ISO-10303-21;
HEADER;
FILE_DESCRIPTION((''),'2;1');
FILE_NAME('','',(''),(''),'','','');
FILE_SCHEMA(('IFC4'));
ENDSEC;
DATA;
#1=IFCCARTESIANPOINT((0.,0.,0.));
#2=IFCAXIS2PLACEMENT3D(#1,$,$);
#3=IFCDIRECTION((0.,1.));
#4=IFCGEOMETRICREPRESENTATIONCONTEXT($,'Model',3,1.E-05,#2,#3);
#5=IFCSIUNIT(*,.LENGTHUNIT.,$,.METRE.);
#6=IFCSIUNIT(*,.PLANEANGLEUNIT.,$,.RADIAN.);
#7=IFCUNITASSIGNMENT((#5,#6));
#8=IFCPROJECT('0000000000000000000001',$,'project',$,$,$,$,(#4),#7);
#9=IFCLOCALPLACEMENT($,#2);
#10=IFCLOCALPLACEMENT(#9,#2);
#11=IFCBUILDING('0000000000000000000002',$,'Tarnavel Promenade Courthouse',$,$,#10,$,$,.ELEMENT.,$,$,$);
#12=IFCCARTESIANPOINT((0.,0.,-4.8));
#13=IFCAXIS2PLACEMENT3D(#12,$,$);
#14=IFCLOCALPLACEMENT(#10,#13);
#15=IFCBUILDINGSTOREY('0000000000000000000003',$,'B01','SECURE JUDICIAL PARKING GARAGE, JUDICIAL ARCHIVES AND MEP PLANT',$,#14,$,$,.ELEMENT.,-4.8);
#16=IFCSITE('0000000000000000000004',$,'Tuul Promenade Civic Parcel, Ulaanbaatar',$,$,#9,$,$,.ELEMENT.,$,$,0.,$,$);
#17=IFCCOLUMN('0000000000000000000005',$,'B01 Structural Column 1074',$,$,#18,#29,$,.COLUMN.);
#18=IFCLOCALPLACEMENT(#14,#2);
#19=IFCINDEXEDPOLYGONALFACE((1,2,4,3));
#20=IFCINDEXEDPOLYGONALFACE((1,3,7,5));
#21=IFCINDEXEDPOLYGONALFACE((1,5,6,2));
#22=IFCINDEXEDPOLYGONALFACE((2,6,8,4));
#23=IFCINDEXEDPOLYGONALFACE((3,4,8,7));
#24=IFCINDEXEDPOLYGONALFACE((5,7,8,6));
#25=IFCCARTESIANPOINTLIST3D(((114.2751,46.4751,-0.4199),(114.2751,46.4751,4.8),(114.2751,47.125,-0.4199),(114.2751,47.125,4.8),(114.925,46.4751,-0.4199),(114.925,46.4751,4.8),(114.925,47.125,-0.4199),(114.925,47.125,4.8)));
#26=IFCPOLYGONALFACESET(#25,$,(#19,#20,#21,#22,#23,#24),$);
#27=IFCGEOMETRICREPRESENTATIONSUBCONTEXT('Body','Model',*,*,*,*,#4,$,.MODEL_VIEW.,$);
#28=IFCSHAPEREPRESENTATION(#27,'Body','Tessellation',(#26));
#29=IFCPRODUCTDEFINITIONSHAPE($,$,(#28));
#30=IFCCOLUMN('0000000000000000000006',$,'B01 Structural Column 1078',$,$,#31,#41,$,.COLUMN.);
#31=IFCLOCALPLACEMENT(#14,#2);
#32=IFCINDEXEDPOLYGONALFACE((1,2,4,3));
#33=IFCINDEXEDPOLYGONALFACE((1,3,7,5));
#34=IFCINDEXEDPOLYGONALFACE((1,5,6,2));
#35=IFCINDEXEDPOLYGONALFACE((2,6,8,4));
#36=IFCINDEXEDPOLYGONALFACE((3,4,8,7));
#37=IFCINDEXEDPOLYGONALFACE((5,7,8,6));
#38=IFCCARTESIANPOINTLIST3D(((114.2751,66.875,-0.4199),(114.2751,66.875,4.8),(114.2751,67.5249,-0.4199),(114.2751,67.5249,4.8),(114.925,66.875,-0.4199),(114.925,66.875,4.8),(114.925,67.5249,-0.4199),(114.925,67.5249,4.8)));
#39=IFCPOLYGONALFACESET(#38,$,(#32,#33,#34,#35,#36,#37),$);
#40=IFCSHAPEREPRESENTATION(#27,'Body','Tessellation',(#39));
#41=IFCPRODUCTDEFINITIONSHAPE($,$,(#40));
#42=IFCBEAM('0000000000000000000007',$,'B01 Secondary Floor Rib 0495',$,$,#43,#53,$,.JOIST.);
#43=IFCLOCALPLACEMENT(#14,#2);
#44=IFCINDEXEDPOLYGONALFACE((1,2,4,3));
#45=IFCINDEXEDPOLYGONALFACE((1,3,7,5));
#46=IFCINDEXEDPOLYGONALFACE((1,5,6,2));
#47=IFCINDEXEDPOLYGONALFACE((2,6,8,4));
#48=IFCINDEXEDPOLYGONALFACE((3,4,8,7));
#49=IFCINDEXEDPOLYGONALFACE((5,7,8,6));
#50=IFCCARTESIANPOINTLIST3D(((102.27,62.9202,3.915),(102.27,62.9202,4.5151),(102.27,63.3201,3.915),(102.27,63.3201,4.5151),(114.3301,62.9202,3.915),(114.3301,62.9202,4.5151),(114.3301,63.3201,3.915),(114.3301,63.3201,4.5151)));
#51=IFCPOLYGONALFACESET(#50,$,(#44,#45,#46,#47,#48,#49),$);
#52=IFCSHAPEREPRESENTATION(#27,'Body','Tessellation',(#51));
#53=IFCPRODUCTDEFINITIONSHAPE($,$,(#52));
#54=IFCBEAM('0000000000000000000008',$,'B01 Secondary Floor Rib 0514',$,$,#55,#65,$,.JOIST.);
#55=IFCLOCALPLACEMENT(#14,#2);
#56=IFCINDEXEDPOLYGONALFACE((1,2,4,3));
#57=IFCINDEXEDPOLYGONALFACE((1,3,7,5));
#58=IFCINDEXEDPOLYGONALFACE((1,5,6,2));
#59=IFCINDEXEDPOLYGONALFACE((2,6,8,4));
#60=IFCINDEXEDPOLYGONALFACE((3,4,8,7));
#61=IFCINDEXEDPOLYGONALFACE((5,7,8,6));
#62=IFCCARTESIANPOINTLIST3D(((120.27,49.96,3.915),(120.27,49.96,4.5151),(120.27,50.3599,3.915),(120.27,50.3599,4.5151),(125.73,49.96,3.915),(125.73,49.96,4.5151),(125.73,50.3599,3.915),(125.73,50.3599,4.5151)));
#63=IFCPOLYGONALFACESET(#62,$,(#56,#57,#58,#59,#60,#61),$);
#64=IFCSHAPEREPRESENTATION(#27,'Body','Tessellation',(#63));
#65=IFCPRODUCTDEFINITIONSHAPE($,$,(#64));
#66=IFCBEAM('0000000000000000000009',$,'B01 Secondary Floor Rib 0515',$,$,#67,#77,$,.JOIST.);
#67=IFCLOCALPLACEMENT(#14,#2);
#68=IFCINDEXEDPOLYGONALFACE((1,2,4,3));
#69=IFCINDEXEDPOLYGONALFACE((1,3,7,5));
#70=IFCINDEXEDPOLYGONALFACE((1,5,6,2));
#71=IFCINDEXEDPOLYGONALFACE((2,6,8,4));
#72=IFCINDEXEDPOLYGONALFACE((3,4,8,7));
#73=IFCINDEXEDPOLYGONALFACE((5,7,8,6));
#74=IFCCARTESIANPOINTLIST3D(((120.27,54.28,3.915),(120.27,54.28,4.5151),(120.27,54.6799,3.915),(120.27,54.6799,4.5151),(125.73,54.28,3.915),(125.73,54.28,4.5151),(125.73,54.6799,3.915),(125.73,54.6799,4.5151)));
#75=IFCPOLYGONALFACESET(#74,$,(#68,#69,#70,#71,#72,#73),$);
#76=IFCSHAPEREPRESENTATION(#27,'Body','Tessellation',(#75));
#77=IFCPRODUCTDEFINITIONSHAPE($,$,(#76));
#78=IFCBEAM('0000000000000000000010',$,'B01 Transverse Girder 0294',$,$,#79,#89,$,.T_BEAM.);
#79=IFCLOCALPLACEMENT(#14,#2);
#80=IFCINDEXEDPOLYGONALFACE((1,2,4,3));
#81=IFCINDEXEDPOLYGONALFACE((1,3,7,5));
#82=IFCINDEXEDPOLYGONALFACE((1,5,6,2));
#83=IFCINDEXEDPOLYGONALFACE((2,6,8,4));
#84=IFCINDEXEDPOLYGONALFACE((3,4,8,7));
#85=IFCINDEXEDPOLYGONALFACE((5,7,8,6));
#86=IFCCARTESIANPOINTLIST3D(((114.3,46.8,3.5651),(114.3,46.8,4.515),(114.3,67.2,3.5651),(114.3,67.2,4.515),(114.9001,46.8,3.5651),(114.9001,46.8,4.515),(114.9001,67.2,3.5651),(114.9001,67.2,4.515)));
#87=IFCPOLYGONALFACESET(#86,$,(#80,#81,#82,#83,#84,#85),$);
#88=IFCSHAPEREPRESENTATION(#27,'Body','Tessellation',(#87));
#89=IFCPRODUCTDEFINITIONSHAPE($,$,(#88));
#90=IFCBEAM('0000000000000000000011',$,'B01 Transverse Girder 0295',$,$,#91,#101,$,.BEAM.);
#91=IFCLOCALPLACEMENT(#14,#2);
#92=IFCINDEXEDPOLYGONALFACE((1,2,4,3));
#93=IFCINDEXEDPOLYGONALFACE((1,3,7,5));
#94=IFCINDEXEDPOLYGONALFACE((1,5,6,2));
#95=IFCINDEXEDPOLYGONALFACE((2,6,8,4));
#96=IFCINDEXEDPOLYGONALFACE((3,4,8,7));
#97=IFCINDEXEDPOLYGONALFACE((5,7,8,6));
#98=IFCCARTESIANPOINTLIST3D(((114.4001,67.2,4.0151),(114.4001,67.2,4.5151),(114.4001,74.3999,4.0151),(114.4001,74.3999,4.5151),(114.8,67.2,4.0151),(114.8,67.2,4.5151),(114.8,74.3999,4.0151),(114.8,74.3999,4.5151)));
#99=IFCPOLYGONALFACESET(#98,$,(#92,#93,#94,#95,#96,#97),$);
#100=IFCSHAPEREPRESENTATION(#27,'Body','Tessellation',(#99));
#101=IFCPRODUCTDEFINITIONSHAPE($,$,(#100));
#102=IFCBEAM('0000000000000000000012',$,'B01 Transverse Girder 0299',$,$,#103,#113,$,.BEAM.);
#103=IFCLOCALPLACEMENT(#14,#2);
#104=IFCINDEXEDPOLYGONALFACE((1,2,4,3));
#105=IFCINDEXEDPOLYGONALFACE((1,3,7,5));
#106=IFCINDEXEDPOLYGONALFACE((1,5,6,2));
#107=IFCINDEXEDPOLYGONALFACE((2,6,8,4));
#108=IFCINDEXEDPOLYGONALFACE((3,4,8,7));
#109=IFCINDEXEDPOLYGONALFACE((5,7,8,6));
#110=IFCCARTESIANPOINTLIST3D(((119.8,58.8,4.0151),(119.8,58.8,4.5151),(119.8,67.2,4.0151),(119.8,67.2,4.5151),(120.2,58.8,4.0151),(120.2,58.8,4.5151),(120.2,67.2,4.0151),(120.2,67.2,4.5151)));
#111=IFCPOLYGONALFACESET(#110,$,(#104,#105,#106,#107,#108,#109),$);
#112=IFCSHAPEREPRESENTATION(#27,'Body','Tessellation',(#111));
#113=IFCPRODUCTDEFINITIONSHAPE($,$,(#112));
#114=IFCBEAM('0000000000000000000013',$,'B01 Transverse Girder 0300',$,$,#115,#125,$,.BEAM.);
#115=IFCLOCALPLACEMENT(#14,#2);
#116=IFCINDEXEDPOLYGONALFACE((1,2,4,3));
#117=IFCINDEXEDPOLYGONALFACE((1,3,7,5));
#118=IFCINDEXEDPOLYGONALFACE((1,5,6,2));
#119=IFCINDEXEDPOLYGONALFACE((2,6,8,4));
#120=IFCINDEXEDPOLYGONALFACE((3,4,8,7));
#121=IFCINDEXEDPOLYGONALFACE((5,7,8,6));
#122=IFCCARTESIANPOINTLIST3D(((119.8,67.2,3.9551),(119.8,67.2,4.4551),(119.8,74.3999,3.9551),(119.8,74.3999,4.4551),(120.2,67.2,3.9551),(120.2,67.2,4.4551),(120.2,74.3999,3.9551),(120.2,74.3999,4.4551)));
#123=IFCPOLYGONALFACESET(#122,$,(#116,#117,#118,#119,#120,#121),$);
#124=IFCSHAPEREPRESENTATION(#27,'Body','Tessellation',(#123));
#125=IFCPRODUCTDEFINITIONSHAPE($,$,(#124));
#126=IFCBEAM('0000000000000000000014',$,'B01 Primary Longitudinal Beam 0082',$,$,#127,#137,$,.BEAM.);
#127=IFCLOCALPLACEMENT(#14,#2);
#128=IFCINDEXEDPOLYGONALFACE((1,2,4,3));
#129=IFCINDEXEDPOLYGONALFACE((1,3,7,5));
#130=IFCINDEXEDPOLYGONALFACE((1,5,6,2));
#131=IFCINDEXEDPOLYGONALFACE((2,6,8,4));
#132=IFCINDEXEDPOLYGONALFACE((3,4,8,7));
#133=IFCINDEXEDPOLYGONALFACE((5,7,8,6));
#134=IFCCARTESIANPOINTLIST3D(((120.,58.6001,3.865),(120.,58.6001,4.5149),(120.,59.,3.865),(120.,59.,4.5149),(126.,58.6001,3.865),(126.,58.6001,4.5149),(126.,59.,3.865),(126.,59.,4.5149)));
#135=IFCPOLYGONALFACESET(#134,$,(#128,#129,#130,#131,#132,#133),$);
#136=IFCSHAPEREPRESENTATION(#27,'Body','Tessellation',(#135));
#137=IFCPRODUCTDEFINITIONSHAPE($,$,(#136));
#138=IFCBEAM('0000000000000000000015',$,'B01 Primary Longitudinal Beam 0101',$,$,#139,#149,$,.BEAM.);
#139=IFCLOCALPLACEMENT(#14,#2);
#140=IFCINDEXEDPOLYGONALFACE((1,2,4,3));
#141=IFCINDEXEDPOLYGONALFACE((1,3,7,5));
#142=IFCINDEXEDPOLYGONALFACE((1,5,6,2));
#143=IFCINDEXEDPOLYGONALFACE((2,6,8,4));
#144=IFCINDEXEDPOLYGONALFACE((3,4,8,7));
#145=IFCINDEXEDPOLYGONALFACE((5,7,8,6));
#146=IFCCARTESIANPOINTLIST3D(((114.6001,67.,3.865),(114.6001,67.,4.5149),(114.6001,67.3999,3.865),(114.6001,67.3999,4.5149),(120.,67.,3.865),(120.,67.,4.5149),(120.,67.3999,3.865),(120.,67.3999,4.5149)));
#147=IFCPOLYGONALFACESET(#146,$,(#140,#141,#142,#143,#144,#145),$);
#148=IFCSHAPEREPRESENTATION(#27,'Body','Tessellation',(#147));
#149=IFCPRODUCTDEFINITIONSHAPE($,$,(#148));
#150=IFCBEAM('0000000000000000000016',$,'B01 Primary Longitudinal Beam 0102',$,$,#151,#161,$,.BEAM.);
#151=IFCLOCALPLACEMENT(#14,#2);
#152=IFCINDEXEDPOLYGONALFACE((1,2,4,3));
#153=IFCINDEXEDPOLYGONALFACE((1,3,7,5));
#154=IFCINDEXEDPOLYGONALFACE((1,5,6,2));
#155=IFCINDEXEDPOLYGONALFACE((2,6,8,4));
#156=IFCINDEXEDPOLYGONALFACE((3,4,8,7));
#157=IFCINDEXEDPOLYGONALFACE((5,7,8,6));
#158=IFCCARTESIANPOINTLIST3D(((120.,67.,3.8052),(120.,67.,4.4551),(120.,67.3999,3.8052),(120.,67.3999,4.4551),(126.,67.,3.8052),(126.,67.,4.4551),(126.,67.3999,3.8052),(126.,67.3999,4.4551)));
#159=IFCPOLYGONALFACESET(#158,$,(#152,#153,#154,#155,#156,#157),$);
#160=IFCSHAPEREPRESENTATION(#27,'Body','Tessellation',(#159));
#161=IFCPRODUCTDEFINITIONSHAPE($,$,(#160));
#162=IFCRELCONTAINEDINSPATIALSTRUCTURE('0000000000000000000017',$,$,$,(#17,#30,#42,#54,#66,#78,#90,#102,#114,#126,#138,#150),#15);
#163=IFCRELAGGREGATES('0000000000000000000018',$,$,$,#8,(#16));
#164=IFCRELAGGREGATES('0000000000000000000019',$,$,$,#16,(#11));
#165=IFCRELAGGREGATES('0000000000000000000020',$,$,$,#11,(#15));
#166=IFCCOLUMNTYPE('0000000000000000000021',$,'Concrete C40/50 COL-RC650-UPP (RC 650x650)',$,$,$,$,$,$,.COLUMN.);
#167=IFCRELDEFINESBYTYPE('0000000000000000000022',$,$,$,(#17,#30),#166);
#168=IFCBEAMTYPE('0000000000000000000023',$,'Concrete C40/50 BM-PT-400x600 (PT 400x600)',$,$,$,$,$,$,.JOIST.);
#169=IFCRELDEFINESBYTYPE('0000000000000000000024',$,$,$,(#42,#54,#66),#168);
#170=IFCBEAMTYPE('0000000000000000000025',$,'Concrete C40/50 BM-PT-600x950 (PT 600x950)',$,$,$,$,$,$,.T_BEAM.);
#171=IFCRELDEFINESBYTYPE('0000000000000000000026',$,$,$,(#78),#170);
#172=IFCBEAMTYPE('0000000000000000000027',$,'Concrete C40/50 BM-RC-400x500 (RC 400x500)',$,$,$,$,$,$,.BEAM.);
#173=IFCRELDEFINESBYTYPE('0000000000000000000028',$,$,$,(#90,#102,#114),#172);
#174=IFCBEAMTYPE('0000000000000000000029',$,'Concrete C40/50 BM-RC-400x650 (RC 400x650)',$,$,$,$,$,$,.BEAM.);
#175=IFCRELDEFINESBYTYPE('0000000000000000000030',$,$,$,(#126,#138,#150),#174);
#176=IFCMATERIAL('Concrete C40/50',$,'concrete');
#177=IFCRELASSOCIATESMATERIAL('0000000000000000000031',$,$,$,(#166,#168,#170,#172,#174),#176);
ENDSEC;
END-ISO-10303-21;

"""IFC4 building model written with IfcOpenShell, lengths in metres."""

from ifc_helpers import new_model, si_unit, direction, frame, origin, origin_2d, place, context, subcontext, project, spatial, rectangle, extrude, material, material_profile, profile_set, type_object, element, save


model = new_model("IFC4")

# Units and contexts
model_context = context("Model", 3, precision=1e-05, world=origin(), true_north=direction((0.0, 1.0)))
body_context = subcontext(model_context, "Body", "Model", "MODEL_VIEW")
ifc_project = project(units=[si_unit("LENGTHUNIT", "METRE"), si_unit("PLANEANGLEUNIT", "RADIAN")], contexts=[model_context])

# Site, building, storey
site_placement = place(None, origin())
site = spatial("IfcSite", under=ifc_project, at=site_placement, Name="Tuul Promenade Civic Parcel, Ulaanbaatar", CompositionType="ELEMENT", RefElevation=0.0)
building_placement = place(site_placement, origin())
building = spatial("IfcBuilding", under=site, at=building_placement, Name="Tarnavel Promenade Courthouse", CompositionType="ELEMENT")
storey_placement = place(building_placement, frame((0.0, 0.0, -4.8)))
storey = spatial("IfcBuildingStorey", under=building, at=storey_placement, Name="B01", Description="SECURE JUDICIAL PARKING GARAGE, JUDICIAL ARCHIVES AND MEP PLANT", CompositionType="ELEMENT", Elevation=-4.8)

# Columns
ifc_material_1 = material(Name="Concrete C40/50", Category="concrete")
ifc_material_profile_1 = material_profile(ifc_material_1, rectangle(XDim=0.6499, YDim=0.6499, at=origin_2d()), Name="RC 650x650")
ifc_profile_set_1 = profile_set([ifc_material_profile_1], Name="Concrete C40/50")
column_type_1 = type_object("IfcColumnType", Name="Concrete C40/50 COL-RC650-UPP (RC 650x650)", PredefinedType="COLUMN", material=ifc_profile_set_1)
for number, where, z_axis, x_axis, name in (
    (1, (114.6001, 46.8, -0.4199), (0.0, 0.0, 1.0), (1.0, 0.0, 0.0), "B01 Structural Column 1074"),
    (2, (114.6001, 67.2, -0.4199), (0.0, 0.0, 1.0), (1.0, 0.0, 0.0), "B01 Structural Column 1078"),
):
    element("IfcColumn", number, at=place(storey_placement, frame(where, z_axis=z_axis, x_axis=x_axis)), inside=storey, type_object=column_type_1, Name=name, PredefinedType="COLUMN", context=body_context, shape_type="SweptSolid", body=[
        extrude(rectangle(XDim=0.6499, YDim=0.6499, at=origin_2d()), origin(), (0.0, 0.0, 1.0), 5.22),
    ])

# Beams
ifc_material_profile_2 = material_profile(ifc_material_1, rectangle(XDim=0.3999, YDim=0.6001, at=origin_2d()), Name="PT 400x600")
ifc_profile_set_2 = profile_set([ifc_material_profile_2], Name="Concrete C40/50")
beam_type_1 = type_object("IfcBeamType", Name="Concrete C40/50 BM-PT-400x600 (PT 400x600)", PredefinedType="JOIST", material=ifc_profile_set_2)
beam_1_placement = place(storey_placement, frame((102.27, 63.1201, 4.2151), z_axis=(1.0, 0.0, 0.0), x_axis=(0.0, 1.0, 0.0)))
element("IfcBeam", 3, at=beam_1_placement, inside=storey, type_object=beam_type_1, Name="B01 Secondary Floor Rib 0495", PredefinedType="JOIST", context=body_context, shape_type="SweptSolid", body=[
    extrude(rectangle(XDim=0.3999, YDim=0.6001, at=origin_2d()), origin(), (0.0, 0.0, 1.0), 12.0601),
])
for number, where, z_axis, x_axis, name in (
    (4, (120.27, 50.1599, 4.2151), (1.0, 0.0, 0.0), (0.0, 1.0, 0.0), "B01 Secondary Floor Rib 0514"),
    (5, (120.27, 54.48, 4.2151), (1.0, 0.0, 0.0), (0.0, 1.0, 0.0), "B01 Secondary Floor Rib 0515"),
):
    element("IfcBeam", number, at=place(storey_placement, frame(where, z_axis=z_axis, x_axis=x_axis)), inside=storey, type_object=beam_type_1, Name=name, PredefinedType="JOIST", context=body_context, shape_type="SweptSolid", body=[
        extrude(rectangle(XDim=0.3999, YDim=0.6001, at=origin_2d()), origin(), (0.0, 0.0, 1.0), 5.46),
    ])
ifc_material_profile_3 = material_profile(ifc_material_1, rectangle(XDim=0.6001, YDim=0.95, at=origin_2d()), Name="PT 600x950")
ifc_profile_set_3 = profile_set([ifc_material_profile_3], Name="Concrete C40/50")
beam_type_2 = type_object("IfcBeamType", Name="Concrete C40/50 BM-PT-600x950 (PT 600x950)", PredefinedType="T_BEAM", material=ifc_profile_set_3)
beam_2_placement = place(storey_placement, frame((114.6001, 46.8, 4.04), z_axis=(0.0, 1.0, 0.0), x_axis=(-1.0, 0.0, 0.0)))
element("IfcBeam", 6, at=beam_2_placement, inside=storey, type_object=beam_type_2, Name="B01 Transverse Girder 0294", PredefinedType="T_BEAM", context=body_context, shape_type="SweptSolid", body=[
    extrude(rectangle(XDim=0.6001, YDim=0.95, at=origin_2d()), origin(), (0.0, 0.0, 1.0), 20.3999),
])
ifc_material_profile_4 = material_profile(ifc_material_1, rectangle(XDim=0.3999, YDim=0.5, at=origin_2d()), Name="RC 400x500")
ifc_profile_set_4 = profile_set([ifc_material_profile_4], Name="Concrete C40/50")
beam_type_3 = type_object("IfcBeamType", Name="Concrete C40/50 BM-RC-400x500 (RC 400x500)", PredefinedType="BEAM", material=ifc_profile_set_4)
beam_3_placement = place(storey_placement, frame((114.6001, 67.2, 4.2651), z_axis=(0.0, 1.0, 0.0), x_axis=(-1.0, 0.0, 0.0)))
element("IfcBeam", 7, at=beam_3_placement, inside=storey, type_object=beam_type_3, Name="B01 Transverse Girder 0295", PredefinedType="BEAM", context=body_context, shape_type="SweptSolid", body=[
    extrude(rectangle(XDim=0.3999, YDim=0.5, at=origin_2d()), origin(), (0.0, 0.0, 1.0), 7.2),
])
beam_4_placement = place(storey_placement, frame((120.0, 58.8, 4.2651), z_axis=(0.0, 1.0, 0.0), x_axis=(-1.0, 0.0, 0.0)))
element("IfcBeam", 8, at=beam_4_placement, inside=storey, type_object=beam_type_3, Name="B01 Transverse Girder 0299", PredefinedType="BEAM", context=body_context, shape_type="SweptSolid", body=[
    extrude(rectangle(XDim=0.3999, YDim=0.5, at=origin_2d()), origin(), (0.0, 0.0, 1.0), 8.3999),
])
beam_5_placement = place(storey_placement, frame((120.0, 67.2, 4.2051), z_axis=(0.0, 1.0, 0.0), x_axis=(-1.0, 0.0, 0.0)))
element("IfcBeam", 9, at=beam_5_placement, inside=storey, type_object=beam_type_3, Name="B01 Transverse Girder 0300", PredefinedType="BEAM", context=body_context, shape_type="SweptSolid", body=[
    extrude(rectangle(XDim=0.3999, YDim=0.5, at=origin_2d()), origin(), (0.0, 0.0, 1.0), 7.2),
])
ifc_material_profile_5 = material_profile(ifc_material_1, rectangle(XDim=0.3999, YDim=0.6499, at=origin_2d()), Name="RC 400x650")
ifc_profile_set_5 = profile_set([ifc_material_profile_5], Name="Concrete C40/50")
beam_type_4 = type_object("IfcBeamType", Name="Concrete C40/50 BM-RC-400x650 (RC 400x650)", PredefinedType="BEAM", material=ifc_profile_set_5)
beam_6_placement = place(storey_placement, frame((120.0, 58.8, 4.1899), z_axis=(1.0, 0.0, 0.0), x_axis=(0.0, 1.0, 0.0)))
element("IfcBeam", 10, at=beam_6_placement, inside=storey, type_object=beam_type_4, Name="B01 Primary Longitudinal Beam 0082", PredefinedType="BEAM", context=body_context, shape_type="SweptSolid", body=[
    extrude(rectangle(XDim=0.3999, YDim=0.6499, at=origin_2d()), origin(), (0.0, 0.0, 1.0), 6.0),
])
beam_7_placement = place(storey_placement, frame((114.6001, 67.2, 4.1899), z_axis=(1.0, 0.0, 0.0), x_axis=(0.0, 1.0, 0.0)))
element("IfcBeam", 11, at=beam_7_placement, inside=storey, type_object=beam_type_4, Name="B01 Primary Longitudinal Beam 0101", PredefinedType="BEAM", context=body_context, shape_type="SweptSolid", body=[
    extrude(rectangle(XDim=0.3999, YDim=0.6499, at=origin_2d()), origin(), (0.0, 0.0, 1.0), 5.3999),
])
beam_8_placement = place(storey_placement, frame((120.0, 67.2, 4.1301), z_axis=(1.0, 0.0, 0.0), x_axis=(0.0, 1.0, 0.0)))
element("IfcBeam", 12, at=beam_8_placement, inside=storey, type_object=beam_type_4, Name="B01 Primary Longitudinal Beam 0102", PredefinedType="BEAM", context=body_context, shape_type="SweptSolid", body=[
    extrude(rectangle(XDim=0.3999, YDim=0.6499, at=origin_2d()), origin(), (0.0, 0.0, 1.0), 6.0),
])

save(model, "model.ifc")
